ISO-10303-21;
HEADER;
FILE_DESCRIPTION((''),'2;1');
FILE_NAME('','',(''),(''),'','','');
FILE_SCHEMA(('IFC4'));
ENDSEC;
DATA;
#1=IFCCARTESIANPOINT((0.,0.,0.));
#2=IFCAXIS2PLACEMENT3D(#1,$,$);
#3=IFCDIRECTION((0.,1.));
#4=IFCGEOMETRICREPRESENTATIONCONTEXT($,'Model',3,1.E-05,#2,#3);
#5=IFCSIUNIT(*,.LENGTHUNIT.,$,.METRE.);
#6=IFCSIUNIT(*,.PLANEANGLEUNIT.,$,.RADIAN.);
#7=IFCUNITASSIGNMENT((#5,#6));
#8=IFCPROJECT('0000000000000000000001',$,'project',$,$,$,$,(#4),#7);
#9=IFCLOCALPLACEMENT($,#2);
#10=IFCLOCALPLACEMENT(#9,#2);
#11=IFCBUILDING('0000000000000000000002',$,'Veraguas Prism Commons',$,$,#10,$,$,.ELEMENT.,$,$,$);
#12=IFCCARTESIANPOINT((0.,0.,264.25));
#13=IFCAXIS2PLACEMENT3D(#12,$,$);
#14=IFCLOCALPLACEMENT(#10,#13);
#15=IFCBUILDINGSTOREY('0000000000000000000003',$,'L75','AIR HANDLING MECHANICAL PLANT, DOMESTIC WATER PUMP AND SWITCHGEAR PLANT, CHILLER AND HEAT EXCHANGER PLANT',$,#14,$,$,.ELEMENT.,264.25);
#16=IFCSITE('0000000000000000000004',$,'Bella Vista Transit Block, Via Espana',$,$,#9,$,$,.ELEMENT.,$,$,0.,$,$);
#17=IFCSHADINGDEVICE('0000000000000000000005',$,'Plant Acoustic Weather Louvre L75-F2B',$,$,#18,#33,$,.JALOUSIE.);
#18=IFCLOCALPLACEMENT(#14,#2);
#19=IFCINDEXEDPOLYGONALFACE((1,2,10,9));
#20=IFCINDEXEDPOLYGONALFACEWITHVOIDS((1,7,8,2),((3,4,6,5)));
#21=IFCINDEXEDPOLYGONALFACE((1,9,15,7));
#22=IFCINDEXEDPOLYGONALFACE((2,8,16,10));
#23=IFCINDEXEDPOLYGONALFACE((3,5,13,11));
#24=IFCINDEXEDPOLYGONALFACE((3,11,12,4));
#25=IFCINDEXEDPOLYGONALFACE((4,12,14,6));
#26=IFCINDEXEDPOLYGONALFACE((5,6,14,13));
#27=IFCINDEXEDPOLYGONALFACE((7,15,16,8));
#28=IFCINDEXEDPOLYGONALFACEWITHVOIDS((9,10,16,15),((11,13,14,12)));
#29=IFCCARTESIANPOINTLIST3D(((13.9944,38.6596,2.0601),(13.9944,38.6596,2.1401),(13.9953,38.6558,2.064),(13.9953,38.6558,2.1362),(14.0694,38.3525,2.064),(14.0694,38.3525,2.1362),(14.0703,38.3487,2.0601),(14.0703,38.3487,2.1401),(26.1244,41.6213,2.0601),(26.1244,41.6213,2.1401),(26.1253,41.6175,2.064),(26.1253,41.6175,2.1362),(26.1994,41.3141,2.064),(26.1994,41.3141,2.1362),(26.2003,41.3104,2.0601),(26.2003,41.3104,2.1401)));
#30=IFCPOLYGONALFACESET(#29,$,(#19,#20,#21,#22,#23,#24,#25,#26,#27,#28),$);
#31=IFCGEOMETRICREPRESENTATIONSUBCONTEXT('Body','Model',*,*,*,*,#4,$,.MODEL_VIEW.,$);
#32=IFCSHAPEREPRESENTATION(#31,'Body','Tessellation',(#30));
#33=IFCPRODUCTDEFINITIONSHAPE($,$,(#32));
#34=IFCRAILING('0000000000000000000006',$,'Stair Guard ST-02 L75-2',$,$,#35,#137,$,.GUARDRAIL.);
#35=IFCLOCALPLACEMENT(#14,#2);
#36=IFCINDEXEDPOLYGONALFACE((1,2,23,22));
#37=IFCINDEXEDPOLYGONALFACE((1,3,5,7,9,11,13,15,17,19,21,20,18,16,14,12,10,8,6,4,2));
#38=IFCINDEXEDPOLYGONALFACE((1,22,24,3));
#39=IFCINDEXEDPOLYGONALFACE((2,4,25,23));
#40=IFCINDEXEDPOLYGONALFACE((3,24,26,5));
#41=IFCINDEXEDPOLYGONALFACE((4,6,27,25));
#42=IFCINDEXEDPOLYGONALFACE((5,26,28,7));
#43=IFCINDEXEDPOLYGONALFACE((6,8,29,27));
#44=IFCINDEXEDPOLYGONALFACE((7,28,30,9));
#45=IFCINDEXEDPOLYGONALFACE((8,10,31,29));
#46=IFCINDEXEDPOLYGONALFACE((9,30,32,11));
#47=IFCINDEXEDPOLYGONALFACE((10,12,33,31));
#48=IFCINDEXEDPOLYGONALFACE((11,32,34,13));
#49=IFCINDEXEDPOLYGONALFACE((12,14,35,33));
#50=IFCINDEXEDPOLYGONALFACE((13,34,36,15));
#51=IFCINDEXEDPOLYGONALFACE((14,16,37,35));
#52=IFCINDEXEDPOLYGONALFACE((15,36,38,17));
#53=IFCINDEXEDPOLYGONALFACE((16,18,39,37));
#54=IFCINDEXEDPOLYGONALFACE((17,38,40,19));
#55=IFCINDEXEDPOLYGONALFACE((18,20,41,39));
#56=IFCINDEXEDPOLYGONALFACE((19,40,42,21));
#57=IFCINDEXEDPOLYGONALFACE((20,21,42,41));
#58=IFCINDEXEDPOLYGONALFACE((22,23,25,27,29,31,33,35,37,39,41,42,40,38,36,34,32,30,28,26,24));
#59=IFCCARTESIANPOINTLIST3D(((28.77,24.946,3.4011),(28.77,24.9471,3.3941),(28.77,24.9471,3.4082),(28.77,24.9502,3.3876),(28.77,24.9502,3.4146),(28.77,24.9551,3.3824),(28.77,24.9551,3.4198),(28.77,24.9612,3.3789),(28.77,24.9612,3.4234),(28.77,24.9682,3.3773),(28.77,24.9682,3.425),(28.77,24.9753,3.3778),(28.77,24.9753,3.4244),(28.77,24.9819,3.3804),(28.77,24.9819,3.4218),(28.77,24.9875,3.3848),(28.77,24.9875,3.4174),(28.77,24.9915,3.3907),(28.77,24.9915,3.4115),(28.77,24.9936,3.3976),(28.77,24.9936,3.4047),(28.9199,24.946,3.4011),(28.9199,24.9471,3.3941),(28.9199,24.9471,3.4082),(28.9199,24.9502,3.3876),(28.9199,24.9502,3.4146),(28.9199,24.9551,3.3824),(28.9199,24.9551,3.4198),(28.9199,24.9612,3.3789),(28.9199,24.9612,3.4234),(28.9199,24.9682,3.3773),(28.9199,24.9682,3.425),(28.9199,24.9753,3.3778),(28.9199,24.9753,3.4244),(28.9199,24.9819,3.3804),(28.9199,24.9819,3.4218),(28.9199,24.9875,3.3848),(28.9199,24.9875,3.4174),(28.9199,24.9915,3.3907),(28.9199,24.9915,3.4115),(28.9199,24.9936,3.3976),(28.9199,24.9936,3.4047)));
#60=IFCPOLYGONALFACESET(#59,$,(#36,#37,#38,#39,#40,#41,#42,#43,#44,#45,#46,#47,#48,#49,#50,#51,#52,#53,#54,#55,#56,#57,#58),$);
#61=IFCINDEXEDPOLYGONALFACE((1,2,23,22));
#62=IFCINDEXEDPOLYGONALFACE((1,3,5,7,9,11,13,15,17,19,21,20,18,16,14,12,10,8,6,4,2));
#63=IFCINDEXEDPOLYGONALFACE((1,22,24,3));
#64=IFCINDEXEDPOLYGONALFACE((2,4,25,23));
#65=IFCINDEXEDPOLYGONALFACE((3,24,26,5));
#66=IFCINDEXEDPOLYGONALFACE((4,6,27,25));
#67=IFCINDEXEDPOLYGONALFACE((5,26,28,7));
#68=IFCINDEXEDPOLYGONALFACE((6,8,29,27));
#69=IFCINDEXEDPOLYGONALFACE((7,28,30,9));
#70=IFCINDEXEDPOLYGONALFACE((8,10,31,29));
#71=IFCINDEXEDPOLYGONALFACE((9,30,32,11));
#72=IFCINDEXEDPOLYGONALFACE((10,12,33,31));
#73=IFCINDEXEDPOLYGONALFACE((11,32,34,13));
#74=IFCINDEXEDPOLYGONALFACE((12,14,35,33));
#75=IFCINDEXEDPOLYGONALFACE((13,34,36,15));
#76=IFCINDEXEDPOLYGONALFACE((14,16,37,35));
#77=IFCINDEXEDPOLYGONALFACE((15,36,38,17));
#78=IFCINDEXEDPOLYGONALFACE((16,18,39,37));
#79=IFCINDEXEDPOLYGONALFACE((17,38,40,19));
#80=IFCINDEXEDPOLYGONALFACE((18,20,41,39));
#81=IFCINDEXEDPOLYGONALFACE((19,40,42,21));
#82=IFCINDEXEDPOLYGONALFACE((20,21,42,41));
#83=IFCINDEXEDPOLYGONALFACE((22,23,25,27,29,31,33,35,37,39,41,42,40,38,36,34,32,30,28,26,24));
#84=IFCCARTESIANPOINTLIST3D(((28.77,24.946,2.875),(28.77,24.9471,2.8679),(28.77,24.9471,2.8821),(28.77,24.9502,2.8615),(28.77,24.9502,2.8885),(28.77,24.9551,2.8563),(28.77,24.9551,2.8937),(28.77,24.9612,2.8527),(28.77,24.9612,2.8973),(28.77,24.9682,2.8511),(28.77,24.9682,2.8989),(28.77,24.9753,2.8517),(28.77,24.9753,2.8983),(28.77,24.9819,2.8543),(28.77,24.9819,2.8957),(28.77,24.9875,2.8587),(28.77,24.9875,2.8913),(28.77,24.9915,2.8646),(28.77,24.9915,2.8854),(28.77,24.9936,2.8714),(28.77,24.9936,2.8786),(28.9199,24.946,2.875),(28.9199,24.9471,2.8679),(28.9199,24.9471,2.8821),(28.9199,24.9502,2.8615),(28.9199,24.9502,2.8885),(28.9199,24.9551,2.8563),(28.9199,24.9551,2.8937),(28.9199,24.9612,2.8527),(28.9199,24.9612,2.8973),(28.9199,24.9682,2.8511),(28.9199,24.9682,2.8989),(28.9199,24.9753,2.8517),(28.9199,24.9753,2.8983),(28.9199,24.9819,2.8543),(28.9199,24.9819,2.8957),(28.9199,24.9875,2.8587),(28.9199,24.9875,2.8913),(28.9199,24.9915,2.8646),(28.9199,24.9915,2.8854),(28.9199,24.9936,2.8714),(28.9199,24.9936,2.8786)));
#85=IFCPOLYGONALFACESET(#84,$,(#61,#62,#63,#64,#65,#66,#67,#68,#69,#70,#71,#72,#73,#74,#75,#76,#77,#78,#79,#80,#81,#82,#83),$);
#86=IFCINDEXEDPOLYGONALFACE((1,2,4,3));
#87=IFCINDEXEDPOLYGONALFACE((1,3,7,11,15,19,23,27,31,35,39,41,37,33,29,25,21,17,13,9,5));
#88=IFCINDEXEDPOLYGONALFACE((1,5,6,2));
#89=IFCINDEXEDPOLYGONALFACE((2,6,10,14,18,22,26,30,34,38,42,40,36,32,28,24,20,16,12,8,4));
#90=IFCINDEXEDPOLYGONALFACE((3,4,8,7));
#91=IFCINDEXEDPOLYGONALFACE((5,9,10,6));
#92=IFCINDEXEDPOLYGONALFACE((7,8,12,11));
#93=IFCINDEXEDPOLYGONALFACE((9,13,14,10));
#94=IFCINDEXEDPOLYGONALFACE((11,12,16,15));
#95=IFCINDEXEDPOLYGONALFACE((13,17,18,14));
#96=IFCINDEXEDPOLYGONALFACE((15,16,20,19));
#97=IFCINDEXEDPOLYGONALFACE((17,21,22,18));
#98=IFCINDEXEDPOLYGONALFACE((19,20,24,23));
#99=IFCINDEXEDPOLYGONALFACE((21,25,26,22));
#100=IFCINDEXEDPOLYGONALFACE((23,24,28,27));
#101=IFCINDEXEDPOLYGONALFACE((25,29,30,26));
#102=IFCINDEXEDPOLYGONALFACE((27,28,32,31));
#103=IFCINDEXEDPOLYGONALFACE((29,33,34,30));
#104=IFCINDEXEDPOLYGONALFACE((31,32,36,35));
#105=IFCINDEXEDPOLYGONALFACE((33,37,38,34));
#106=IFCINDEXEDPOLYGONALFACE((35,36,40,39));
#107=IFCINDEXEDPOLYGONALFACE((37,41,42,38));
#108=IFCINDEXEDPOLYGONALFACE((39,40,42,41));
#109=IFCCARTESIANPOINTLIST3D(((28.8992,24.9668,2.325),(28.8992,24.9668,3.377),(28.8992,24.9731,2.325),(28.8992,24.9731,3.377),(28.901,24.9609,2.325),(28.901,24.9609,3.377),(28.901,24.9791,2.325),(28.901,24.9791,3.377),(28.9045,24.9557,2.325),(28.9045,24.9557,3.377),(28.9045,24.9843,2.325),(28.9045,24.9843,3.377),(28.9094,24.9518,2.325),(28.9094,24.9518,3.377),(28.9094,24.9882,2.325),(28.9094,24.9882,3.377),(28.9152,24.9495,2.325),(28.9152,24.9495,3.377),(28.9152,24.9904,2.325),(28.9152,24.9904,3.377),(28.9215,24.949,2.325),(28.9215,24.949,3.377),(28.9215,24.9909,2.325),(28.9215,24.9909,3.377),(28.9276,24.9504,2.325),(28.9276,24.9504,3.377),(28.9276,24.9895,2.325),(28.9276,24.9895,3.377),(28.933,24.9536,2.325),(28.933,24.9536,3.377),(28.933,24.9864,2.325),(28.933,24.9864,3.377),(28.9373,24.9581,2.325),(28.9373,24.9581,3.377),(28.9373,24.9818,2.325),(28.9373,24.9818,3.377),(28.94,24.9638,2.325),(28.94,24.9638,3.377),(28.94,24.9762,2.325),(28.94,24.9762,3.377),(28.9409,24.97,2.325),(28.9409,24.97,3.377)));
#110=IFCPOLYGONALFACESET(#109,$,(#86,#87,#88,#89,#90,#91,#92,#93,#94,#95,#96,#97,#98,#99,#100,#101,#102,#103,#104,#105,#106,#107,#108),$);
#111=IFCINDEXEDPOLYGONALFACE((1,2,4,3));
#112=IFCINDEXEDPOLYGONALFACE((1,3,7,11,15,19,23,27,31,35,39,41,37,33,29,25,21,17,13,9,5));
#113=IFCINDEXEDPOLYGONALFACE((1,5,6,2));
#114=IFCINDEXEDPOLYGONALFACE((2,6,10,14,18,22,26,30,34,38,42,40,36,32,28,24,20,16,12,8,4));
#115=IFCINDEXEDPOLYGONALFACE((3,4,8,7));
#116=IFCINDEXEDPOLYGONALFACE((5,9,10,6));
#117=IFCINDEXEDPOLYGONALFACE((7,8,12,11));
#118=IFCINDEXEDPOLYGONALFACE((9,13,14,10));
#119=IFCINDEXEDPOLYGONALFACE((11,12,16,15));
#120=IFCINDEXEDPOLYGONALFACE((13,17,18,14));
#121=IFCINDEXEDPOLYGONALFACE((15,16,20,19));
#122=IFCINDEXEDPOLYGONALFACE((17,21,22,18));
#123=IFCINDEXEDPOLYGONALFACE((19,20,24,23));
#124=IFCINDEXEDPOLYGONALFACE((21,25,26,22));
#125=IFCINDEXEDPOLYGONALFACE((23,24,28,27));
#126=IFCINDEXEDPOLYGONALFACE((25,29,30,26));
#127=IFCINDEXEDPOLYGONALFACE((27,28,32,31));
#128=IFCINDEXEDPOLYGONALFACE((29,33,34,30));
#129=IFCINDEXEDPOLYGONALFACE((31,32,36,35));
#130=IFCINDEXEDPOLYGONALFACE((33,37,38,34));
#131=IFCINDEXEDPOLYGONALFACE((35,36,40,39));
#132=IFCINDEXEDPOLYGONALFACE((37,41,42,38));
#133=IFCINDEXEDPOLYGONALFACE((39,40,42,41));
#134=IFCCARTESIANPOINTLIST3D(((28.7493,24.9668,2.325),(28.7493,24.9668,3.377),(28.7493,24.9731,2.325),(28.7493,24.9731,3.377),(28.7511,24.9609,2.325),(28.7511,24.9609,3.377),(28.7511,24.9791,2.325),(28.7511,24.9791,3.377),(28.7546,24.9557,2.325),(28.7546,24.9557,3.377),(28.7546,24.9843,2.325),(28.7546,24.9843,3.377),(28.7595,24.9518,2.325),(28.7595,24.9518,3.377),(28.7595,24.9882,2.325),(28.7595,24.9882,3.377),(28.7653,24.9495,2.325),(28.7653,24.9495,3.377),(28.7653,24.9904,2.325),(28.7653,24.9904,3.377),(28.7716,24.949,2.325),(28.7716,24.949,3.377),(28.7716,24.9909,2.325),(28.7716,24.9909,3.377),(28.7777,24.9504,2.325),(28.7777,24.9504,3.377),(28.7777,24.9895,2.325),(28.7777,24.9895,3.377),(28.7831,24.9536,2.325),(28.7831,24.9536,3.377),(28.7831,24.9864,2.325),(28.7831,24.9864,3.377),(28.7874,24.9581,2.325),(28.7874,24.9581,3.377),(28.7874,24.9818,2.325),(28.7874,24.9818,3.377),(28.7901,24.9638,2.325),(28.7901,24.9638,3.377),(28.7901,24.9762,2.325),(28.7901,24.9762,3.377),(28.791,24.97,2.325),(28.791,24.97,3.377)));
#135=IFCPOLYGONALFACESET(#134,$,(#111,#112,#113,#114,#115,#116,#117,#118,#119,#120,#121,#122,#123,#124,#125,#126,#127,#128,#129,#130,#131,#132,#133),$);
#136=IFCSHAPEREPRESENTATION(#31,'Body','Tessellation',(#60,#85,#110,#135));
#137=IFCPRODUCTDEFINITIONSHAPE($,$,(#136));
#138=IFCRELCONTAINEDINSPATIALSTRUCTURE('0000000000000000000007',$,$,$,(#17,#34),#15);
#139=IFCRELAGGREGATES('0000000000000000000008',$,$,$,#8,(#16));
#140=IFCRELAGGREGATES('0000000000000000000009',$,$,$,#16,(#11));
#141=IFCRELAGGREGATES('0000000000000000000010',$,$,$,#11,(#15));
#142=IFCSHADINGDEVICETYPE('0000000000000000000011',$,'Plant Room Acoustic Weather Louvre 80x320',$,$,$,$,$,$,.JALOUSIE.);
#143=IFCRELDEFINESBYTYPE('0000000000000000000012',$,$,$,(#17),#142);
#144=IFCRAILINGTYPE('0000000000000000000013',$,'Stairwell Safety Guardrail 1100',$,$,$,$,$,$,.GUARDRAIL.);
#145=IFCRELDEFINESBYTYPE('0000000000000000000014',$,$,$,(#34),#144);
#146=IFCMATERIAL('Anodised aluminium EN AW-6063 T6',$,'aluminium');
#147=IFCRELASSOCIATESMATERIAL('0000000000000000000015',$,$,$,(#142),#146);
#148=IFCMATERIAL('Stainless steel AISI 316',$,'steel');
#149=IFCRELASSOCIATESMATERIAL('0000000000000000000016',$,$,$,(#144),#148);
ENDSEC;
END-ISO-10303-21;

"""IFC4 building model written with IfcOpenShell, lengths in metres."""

from ifc_helpers import new_model, si_unit, direction, frame, origin, origin_2d, place, context, subcontext, project, spatial, hollow_rectangle, circle, extrude, material, material_profile, profile_set, type_object, element, save


model = new_model("IFC4")

# Units and contexts
model_context = context("Model", 3, precision=1e-05, world=origin(), true_north=direction((0.0, 1.0)))
body_context = subcontext(model_context, "Body", "Model", "MODEL_VIEW")
ifc_project = project(units=[si_unit("LENGTHUNIT", "METRE"), si_unit("PLANEANGLEUNIT", "RADIAN")], contexts=[model_context])

# Site, building, storey
site_placement = place(None, origin())
site = spatial("IfcSite", under=ifc_project, at=site_placement, Name="Bella Vista Transit Block, Via Espana", CompositionType="ELEMENT", RefElevation=0.0)
building_placement = place(site_placement, origin())
building = spatial("IfcBuilding", under=site, at=building_placement, Name="Veraguas Prism Commons", CompositionType="ELEMENT")
storey_placement = place(building_placement, frame((0.0, 0.0, 264.25)))
storey = spatial("IfcBuildingStorey", under=building, at=storey_placement, Name="L75", Description="AIR HANDLING MECHANICAL PLANT, DOMESTIC WATER PUMP AND SWITCHGEAR PLANT, CHILLER AND HEAT EXCHANGER PLANT", CompositionType="ELEMENT", Elevation=264.25)

# Shared definitions
ifc_material_1 = material(Name="Anodised aluminium EN AW-6063 T6", Category="aluminium")

# Shading device
ifc_material_profile_1 = material_profile(ifc_material_1, hollow_rectangle(XDim=0.0801, YDim=0.3201, WallThickness=0.0039, at=origin_2d()), Name="LVR80X320X4")
ifc_profile_set_1 = profile_set([ifc_material_profile_1], Name="Anodised aluminium EN AW-6063 T6")
shading_device_type_1 = type_object("IfcShadingDeviceType", Name="Plant Room Acoustic Weather Louvre 80x320", PredefinedType="JALOUSIE", material=ifc_profile_set_1)
for number, where, z_axis, x_axis, name in (
    (1, (26.1624, 41.4658, 2.1001), (-0.971462, -0.237195, 0.0), (0.0, 0.0, 1.0), "Plant Acoustic Weather Louvre L75-F2B"),
):
    element("IfcShadingDevice", number, at=place(storey_placement, frame(where, z_axis=z_axis, x_axis=x_axis)), inside=storey, type_object=shading_device_type_1, Name=name, PredefinedType="JALOUSIE", context=body_context, shape_type="SweptSolid", body=[
        extrude(hollow_rectangle(XDim=0.0801, YDim=0.3201, WallThickness=0.0039, at=origin_2d()), origin(), (0.0, 0.0, 1.0), 12.4863),
    ])

# Railing
ifc_material_2 = material(Name="Stainless steel AISI 316", Category="steel")
railing_type = type_object("IfcRailingType", Name="Stairwell Safety Guardrail 1100", PredefinedType="GUARDRAIL", material=ifc_material_2)
railing_1_placement = place(storey_placement, frame((28.9199, 24.97, 2.325)))
element("IfcRailing", 2, at=railing_1_placement, inside=storey, type_object=railing_type, Name="Stair Guard ST-02 L75-2", PredefinedType="GUARDRAIL", context=body_context, shape_type="SweptSolid", body=[
    extrude(circle(Radius=0.0239, at=origin_2d()), frame((0.0, 0.0, 1.0762), z_axis=(-1.0, 0.0, 0.0), x_axis=(0.0, -1.0, 0.0)), (0.0, 0.0, 1.0), 0.1499),
    extrude(circle(Radius=0.0239, at=origin_2d()), frame((0.0, 0.0, 0.55), z_axis=(-1.0, 0.0, 0.0), x_axis=(0.0, -1.0, 0.0)), (0.0, 0.0, 1.0), 0.1499),
    extrude(circle(Radius=0.021, at=origin_2d()), origin(), (0.0, 0.0, 1.0), 1.052),
    extrude(circle(Radius=0.021, at=origin_2d()), frame((-0.1499, 0.0, 0.0)), (0.0, 0.0, 1.0), 1.052),
])

save(model, "model.ifc")
